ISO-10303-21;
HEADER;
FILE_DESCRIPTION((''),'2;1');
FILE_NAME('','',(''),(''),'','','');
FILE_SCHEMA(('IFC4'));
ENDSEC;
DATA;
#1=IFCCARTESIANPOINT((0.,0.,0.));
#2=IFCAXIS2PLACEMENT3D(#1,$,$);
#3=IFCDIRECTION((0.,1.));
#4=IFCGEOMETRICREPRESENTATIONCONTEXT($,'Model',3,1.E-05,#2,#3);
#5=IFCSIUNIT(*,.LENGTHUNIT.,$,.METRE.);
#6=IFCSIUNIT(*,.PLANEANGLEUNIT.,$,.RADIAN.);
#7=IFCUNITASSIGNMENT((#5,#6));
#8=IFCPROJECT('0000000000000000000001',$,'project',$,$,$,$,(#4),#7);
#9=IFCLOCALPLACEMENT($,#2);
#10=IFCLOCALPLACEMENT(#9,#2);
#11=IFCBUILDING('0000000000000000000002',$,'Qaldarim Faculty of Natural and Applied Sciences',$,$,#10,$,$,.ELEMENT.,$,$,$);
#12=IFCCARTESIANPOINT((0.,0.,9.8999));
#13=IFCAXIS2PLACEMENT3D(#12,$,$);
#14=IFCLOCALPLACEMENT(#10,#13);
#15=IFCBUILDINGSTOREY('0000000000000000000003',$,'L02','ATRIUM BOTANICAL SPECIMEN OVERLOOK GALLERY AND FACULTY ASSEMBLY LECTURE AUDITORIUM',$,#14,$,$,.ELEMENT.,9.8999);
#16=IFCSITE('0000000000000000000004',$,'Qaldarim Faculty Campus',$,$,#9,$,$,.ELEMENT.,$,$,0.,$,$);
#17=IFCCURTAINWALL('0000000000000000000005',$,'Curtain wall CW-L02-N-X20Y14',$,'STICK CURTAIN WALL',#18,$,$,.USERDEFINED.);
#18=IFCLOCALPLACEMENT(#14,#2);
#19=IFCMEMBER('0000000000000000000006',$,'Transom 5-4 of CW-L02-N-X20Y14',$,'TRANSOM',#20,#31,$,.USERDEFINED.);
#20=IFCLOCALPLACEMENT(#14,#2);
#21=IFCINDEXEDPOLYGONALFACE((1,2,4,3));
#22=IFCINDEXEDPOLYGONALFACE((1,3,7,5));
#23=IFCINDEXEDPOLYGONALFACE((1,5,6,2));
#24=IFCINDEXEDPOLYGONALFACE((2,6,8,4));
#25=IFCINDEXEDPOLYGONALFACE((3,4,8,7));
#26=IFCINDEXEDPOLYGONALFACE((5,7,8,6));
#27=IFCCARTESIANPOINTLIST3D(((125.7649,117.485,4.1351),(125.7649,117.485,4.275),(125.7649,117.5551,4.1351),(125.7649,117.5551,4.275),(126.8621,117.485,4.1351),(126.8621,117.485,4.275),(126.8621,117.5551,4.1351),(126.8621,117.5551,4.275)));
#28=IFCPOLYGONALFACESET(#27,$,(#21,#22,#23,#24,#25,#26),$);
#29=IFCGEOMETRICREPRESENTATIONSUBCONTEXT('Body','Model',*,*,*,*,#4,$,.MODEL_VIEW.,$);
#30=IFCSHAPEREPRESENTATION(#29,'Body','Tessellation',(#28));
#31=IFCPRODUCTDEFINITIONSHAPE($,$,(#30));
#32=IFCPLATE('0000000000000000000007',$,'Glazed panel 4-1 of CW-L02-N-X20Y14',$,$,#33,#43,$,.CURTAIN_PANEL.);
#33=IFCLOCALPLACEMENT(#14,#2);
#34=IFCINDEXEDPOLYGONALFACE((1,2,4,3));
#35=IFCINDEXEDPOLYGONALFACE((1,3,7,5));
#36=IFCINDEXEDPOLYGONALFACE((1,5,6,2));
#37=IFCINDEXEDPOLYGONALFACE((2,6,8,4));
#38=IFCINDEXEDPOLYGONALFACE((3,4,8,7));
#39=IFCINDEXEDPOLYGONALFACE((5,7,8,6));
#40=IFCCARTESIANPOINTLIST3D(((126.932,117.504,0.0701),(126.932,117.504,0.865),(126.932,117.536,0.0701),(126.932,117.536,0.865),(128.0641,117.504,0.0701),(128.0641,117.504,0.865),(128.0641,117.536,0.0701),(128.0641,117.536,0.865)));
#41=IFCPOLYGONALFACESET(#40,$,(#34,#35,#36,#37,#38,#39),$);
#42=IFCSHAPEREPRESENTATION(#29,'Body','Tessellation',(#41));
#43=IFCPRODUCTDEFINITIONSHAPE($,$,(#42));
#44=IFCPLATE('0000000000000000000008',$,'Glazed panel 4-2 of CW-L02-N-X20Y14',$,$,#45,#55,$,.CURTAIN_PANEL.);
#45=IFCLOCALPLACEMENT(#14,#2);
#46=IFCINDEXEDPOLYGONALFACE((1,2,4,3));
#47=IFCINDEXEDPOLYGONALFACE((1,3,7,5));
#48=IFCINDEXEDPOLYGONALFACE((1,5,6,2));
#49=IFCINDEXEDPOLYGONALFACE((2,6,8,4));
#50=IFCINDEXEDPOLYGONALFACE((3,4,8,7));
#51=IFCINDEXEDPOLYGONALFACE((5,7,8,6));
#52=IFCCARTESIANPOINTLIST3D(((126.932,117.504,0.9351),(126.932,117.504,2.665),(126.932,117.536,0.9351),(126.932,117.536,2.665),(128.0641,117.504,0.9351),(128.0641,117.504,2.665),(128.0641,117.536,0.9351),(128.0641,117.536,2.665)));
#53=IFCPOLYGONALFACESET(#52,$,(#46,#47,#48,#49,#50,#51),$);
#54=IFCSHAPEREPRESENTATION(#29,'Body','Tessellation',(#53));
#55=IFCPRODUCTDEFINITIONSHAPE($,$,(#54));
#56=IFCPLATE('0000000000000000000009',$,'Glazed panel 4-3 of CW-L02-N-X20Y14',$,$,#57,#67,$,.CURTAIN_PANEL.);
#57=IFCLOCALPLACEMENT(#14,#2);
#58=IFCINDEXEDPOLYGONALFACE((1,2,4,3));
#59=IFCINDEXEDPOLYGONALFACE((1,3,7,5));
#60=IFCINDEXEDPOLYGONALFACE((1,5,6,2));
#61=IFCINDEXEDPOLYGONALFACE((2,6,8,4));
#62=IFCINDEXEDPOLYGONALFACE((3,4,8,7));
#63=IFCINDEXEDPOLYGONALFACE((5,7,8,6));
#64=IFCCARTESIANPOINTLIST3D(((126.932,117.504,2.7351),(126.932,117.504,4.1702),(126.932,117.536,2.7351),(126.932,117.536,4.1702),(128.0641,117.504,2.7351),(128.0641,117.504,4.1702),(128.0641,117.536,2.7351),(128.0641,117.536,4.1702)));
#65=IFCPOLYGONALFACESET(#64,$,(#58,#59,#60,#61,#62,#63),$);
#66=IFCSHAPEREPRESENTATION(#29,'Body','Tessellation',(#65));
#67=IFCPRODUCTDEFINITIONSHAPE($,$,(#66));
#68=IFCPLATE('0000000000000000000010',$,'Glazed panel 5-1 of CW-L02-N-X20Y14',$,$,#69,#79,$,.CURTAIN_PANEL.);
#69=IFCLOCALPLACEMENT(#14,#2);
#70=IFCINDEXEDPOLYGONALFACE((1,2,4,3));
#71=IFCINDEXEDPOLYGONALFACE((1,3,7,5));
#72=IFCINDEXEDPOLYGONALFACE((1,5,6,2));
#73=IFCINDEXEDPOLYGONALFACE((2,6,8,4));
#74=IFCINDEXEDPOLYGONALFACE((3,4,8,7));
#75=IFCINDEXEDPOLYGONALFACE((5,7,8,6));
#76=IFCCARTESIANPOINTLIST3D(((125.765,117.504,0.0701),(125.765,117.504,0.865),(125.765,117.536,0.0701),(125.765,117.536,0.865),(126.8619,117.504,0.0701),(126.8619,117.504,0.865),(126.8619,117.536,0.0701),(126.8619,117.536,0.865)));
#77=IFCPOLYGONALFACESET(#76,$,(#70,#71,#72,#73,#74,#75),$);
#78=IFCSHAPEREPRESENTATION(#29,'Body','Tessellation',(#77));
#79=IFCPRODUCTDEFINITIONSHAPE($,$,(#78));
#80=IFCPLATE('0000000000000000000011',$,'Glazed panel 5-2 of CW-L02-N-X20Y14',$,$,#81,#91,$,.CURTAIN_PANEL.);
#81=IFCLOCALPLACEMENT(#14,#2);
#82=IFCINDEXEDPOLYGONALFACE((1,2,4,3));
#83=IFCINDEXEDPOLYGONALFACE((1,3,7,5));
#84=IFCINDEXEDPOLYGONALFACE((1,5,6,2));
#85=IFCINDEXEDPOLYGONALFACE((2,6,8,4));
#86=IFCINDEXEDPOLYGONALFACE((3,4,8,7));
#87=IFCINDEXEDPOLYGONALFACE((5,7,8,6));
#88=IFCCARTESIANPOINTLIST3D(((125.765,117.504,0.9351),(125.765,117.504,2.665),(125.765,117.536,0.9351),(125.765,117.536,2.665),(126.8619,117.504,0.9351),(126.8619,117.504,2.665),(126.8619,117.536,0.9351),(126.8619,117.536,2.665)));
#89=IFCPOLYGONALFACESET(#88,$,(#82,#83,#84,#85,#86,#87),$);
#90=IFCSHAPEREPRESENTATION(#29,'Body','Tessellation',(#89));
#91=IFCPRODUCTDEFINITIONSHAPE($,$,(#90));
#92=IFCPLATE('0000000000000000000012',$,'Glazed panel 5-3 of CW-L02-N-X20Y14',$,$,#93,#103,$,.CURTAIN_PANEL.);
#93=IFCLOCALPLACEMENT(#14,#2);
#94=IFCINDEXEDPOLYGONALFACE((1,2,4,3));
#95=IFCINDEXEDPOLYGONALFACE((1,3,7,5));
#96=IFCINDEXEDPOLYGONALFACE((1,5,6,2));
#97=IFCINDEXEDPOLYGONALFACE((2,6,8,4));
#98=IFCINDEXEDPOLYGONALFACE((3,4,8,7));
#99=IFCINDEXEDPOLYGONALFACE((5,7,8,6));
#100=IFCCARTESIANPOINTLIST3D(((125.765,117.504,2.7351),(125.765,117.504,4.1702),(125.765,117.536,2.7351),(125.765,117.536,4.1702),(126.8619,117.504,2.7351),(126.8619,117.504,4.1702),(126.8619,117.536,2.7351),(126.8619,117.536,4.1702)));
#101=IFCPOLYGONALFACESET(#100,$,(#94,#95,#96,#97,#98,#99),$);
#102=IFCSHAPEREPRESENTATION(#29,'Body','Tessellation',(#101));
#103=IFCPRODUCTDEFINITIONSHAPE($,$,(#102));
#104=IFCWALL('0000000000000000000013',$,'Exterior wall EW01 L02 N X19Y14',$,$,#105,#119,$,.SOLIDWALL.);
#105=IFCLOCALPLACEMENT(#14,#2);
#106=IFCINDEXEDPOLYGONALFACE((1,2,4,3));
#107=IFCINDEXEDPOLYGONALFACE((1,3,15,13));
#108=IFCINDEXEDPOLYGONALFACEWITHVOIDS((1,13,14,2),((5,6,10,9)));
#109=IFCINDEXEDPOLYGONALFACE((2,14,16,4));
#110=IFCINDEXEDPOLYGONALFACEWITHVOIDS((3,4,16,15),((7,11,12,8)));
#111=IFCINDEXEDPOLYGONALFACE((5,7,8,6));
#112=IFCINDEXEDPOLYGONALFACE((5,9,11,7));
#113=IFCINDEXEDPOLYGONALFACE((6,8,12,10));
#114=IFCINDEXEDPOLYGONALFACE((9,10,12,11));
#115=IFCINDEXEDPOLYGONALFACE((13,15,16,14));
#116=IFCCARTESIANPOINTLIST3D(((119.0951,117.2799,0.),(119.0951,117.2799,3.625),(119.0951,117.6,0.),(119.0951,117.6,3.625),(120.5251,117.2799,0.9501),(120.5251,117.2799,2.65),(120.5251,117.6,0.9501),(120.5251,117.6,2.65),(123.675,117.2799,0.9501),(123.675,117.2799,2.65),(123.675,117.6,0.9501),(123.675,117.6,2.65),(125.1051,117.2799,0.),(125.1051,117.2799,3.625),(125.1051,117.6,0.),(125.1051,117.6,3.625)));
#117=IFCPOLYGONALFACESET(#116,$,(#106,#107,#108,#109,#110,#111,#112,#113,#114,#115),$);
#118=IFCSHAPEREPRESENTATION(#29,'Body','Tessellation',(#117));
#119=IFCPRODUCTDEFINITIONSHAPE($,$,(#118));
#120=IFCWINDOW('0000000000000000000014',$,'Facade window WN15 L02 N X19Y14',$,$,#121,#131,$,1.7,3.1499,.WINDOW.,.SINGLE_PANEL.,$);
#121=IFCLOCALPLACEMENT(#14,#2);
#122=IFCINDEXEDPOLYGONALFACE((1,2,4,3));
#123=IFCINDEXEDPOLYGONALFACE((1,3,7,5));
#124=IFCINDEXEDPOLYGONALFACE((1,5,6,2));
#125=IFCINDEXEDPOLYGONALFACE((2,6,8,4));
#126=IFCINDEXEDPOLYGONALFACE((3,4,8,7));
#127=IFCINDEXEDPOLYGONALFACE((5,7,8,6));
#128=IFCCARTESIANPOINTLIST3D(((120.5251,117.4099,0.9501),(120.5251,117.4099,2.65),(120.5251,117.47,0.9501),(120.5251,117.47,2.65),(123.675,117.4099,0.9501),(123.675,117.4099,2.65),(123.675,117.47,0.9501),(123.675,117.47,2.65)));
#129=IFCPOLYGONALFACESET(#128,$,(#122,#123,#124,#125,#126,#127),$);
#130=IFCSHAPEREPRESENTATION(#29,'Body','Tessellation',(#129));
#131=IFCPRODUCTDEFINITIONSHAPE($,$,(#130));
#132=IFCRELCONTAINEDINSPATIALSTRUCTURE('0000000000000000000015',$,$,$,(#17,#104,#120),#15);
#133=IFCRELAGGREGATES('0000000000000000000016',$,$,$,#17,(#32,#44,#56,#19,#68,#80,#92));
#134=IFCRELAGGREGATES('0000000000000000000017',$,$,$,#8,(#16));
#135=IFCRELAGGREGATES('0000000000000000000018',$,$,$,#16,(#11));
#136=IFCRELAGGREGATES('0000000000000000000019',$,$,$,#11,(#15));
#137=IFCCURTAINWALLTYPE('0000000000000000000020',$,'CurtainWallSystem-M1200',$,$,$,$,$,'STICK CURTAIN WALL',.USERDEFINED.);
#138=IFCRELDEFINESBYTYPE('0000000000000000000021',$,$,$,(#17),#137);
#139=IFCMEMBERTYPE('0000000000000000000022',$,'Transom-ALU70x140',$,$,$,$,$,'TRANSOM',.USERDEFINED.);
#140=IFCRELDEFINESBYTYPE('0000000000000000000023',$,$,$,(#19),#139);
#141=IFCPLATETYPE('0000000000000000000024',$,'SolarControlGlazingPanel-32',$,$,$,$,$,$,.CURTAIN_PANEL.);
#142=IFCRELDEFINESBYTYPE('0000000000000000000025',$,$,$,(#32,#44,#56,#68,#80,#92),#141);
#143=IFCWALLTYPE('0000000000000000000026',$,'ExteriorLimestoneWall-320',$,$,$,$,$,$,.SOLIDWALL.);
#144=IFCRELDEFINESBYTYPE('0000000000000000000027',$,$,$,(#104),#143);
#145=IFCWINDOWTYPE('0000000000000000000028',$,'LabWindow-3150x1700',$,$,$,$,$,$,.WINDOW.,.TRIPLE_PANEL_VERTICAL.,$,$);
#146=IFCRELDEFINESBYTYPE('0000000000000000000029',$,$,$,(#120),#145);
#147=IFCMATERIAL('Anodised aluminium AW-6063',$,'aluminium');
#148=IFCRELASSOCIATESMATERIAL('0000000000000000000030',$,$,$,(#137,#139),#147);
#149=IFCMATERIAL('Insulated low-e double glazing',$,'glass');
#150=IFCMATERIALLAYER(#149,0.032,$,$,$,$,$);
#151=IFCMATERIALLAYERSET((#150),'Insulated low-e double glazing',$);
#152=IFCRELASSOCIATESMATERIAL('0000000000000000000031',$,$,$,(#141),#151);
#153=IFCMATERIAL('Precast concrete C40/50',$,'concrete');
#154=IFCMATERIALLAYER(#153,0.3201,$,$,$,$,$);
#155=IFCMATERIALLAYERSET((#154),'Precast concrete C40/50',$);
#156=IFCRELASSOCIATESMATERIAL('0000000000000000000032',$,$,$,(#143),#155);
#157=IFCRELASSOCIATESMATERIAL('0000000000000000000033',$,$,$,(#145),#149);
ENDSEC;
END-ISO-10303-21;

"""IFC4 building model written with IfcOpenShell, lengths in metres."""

from ifc_helpers import new_model, si_unit, direction, frame, frame_2d, origin, origin_2d, place, context, subcontext, project, spatial, rectangle, extrude, material, layer, layer_set, material_profile, profile_set, type_object, element, fill, aggregate, save


model = new_model("IFC4")

# Units and contexts
model_context = context("Model", 3, precision=1e-05, world=origin(), true_north=direction((0.0, 1.0)))
body_context = subcontext(model_context, "Body", "Model", "MODEL_VIEW")
ifc_project = project(units=[si_unit("LENGTHUNIT", "METRE"), si_unit("PLANEANGLEUNIT", "RADIAN")], contexts=[model_context])

# Site, building, storey
site_placement = place(None, origin())
site = spatial("IfcSite", under=ifc_project, at=site_placement, Name="Qaldarim Faculty Campus", CompositionType="ELEMENT", RefElevation=0.0)
building_placement = place(site_placement, origin())
building = spatial("IfcBuilding", under=site, at=building_placement, Name="Qaldarim Faculty of Natural and Applied Sciences", CompositionType="ELEMENT")
storey_placement = place(building_placement, frame((0.0, 0.0, 9.8999)))
storey = spatial("IfcBuildingStorey", under=building, at=storey_placement, Name="L02", Description="ATRIUM BOTANICAL SPECIMEN OVERLOOK GALLERY AND FACULTY ASSEMBLY LECTURE AUDITORIUM", CompositionType="ELEMENT", Elevation=9.8999)

# Curtain wall, member, plates
ifc_material_1 = material(Name="Anodised aluminium AW-6063", Category="aluminium")
curtain_wall_type = type_object("IfcCurtainWallType", Name="CurtainWallSystem-M1200", ElementType="STICK CURTAIN WALL", PredefinedType="USERDEFINED", material=ifc_material_1)
curtain_wall_placement = place(storey_placement, origin())
curtain_wall = element("IfcCurtainWall", 1, at=curtain_wall_placement, inside=storey, type_object=curtain_wall_type, Name="Curtain wall CW-L02-N-X20Y14", ObjectType="STICK CURTAIN WALL", PredefinedType="USERDEFINED")
ifc_material_profile_1 = material_profile(ifc_material_1, rectangle(XDim=0.0701, YDim=0.1399, at=origin_2d()), Name="ALU-T70x140")
ifc_profile_set_1 = profile_set([ifc_material_profile_1], Name="Anodised aluminium AW-6063")
member_type_1 = type_object("IfcMemberType", Name="Transom-ALU70x140", ElementType="TRANSOM", PredefinedType="USERDEFINED", material=ifc_profile_set_1)
member_1_placement = place(storey_placement, frame((126.8621, 117.52, 4.2051), z_axis=(-1.0, 0.0, 0.0), x_axis=(0.0, -1.0, 0.0)))
member_1 = element("IfcMember", 2, at=member_1_placement, type_object=member_type_1, Name="Transom 5-4 of CW-L02-N-X20Y14", ObjectType="TRANSOM", PredefinedType="USERDEFINED", context=body_context, shape_type="SweptSolid", body=[
    extrude(rectangle(XDim=0.0701, YDim=0.1399, at=origin_2d()), origin(), (0.0, 0.0, 1.0), 1.0972),
])
ifc_material_2 = material(Name="Insulated low-e double glazing", Category="glass")
ifc_layer_1 = layer(ifc_material_2, 0.032)
ifc_layer_set_1 = layer_set([ifc_layer_1], Name="Insulated low-e double glazing")
plate_type = type_object("IfcPlateType", Name="SolarControlGlazingPanel-32", PredefinedType="CURTAIN_PANEL", material=ifc_layer_set_1)
plate_1_placement = place(storey_placement, frame((127.498, 117.52, 0.0701), z_axis=(0.0, 0.0, 1.0), x_axis=(-1.0, 0.0, 0.0)))
plate_1 = element("IfcPlate", 3, at=plate_1_placement, type_object=plate_type, Name="Glazed panel 4-1 of CW-L02-N-X20Y14", PredefinedType="CURTAIN_PANEL", context=body_context, shape_type="SweptSolid", body=[
    extrude(rectangle(XDim=1.1321, YDim=0.032, at=origin_2d()), origin(), (0.0, 0.0, 1.0), 0.7949),
])
plate_2_placement = place(storey_placement, frame((127.498, 117.52, 0.9351), z_axis=(0.0, 0.0, 1.0), x_axis=(-1.0, 0.0, 0.0)))
plate_2 = element("IfcPlate", 4, at=plate_2_placement, type_object=plate_type, Name="Glazed panel 4-2 of CW-L02-N-X20Y14", PredefinedType="CURTAIN_PANEL", context=body_context, shape_type="SweptSolid", body=[
    extrude(rectangle(XDim=1.1321, YDim=0.032, at=origin_2d()), origin(), (0.0, 0.0, 1.0), 1.73),
])
plate_3_placement = place(storey_placement, frame((127.498, 117.52, 2.7351), z_axis=(0.0, 0.0, 1.0), x_axis=(-1.0, 0.0, 0.0)))
plate_3 = element("IfcPlate", 5, at=plate_3_placement, type_object=plate_type, Name="Glazed panel 4-3 of CW-L02-N-X20Y14", PredefinedType="CURTAIN_PANEL", context=body_context, shape_type="SweptSolid", body=[
    extrude(rectangle(XDim=1.1321, YDim=0.032, at=origin_2d()), origin(), (0.0, 0.0, 1.0), 1.4351),
])
plate_4_placement = place(storey_placement, frame((126.3135, 117.52, 0.0701), z_axis=(0.0, 0.0, 1.0), x_axis=(-1.0, 0.0, 0.0)))
plate_4 = element("IfcPlate", 6, at=plate_4_placement, type_object=plate_type, Name="Glazed panel 5-1 of CW-L02-N-X20Y14", PredefinedType="CURTAIN_PANEL", context=body_context, shape_type="SweptSolid", body=[
    extrude(rectangle(XDim=1.0969, YDim=0.032, at=origin_2d()), origin(), (0.0, 0.0, 1.0), 0.7949),
])
plate_5_placement = place(storey_placement, frame((126.3135, 117.52, 0.9351), z_axis=(0.0, 0.0, 1.0), x_axis=(-1.0, 0.0, 0.0)))
plate_5 = element("IfcPlate", 7, at=plate_5_placement, type_object=plate_type, Name="Glazed panel 5-2 of CW-L02-N-X20Y14", PredefinedType="CURTAIN_PANEL", context=body_context, shape_type="SweptSolid", body=[
    extrude(rectangle(XDim=1.0969, YDim=0.032, at=origin_2d()), origin(), (0.0, 0.0, 1.0), 1.73),
])
plate_6_placement = place(storey_placement, frame((126.3135, 117.52, 2.7351), z_axis=(0.0, 0.0, 1.0), x_axis=(-1.0, 0.0, 0.0)))
plate_6 = element("IfcPlate", 8, at=plate_6_placement, type_object=plate_type, Name="Glazed panel 5-3 of CW-L02-N-X20Y14", PredefinedType="CURTAIN_PANEL", context=body_context, shape_type="SweptSolid", body=[
    extrude(rectangle(XDim=1.0969, YDim=0.032, at=origin_2d()), origin(), (0.0, 0.0, 1.0), 1.4351),
])
aggregate(curtain_wall, [plate_1, plate_2, plate_3, member_1, plate_4, plate_5, plate_6])

# Wall, opening, window
ifc_material_3 = material(Name="Precast concrete C40/50", Category="concrete")
ifc_layer_2 = layer(ifc_material_3, 0.3201)
ifc_layer_set_2 = layer_set([ifc_layer_2], Name="Precast concrete C40/50")
wall_type = type_object("IfcWallType", Name="ExteriorLimestoneWall-320", PredefinedType="SOLIDWALL", material=ifc_layer_set_2)
wall_placement = place(storey_placement, frame((125.105, 117.4399, 0.0), z_axis=(0.0, 0.0, 1.0), x_axis=(-1.0, 0.0, 0.0)))
wall = element("IfcWall", 9, at=wall_placement, inside=storey, type_object=wall_type, Name="Exterior wall EW01 L02 N X19Y14", PredefinedType="SOLIDWALL", context=body_context, shape_type="SweptSolid", body=[
    extrude(rectangle(XDim=6.01, YDim=0.3201, at=frame_2d((3.0049, 0.0))), origin(), (0.0, 0.0, 1.0), 3.625),
])
opening_placement = place(wall_placement, frame((1.4299, 0.0, 0.95)))
opening = element("IfcOpeningElement", 10, at=opening_placement, cuts=wall, PredefinedType="OPENING", context=body_context, shape_type="SweptSolid", body=[
    extrude(rectangle(XDim=3.1499, YDim=1.7, at=frame_2d((1.575, 0.8501))), frame((0.0, 0.1699, 0.0), z_axis=(0.0, -1.0, 0.0), x_axis=(1.0, 0.0, 0.0)), (0.0, 0.0, 1.0), 0.3401),
])
window_type = type_object("IfcWindowType", Name="LabWindow-3150x1700", PartitioningType="TRIPLE_PANEL_VERTICAL", PredefinedType="WINDOW", material=ifc_material_2)
window_placement = place(opening_placement, origin())
window = element("IfcWindow", 11, at=window_placement, inside=storey, type_object=window_type, Name="Facade window WN15 L02 N X19Y14", OverallHeight=1.7, OverallWidth=3.1499, PartitioningType="SINGLE_PANEL", PredefinedType="WINDOW", context=body_context, shape_type="SweptSolid", body=[
    extrude(rectangle(XDim=3.1499, YDim=1.7, at=frame_2d((1.575, 0.8501))), frame((0.0, 0.03, 0.0), z_axis=(0.0, -1.0, 0.0), x_axis=(1.0, 0.0, 0.0)), (0.0, 0.0, 1.0), 0.0601),
])
fill(opening, window)

save(model, "model.ifc")
